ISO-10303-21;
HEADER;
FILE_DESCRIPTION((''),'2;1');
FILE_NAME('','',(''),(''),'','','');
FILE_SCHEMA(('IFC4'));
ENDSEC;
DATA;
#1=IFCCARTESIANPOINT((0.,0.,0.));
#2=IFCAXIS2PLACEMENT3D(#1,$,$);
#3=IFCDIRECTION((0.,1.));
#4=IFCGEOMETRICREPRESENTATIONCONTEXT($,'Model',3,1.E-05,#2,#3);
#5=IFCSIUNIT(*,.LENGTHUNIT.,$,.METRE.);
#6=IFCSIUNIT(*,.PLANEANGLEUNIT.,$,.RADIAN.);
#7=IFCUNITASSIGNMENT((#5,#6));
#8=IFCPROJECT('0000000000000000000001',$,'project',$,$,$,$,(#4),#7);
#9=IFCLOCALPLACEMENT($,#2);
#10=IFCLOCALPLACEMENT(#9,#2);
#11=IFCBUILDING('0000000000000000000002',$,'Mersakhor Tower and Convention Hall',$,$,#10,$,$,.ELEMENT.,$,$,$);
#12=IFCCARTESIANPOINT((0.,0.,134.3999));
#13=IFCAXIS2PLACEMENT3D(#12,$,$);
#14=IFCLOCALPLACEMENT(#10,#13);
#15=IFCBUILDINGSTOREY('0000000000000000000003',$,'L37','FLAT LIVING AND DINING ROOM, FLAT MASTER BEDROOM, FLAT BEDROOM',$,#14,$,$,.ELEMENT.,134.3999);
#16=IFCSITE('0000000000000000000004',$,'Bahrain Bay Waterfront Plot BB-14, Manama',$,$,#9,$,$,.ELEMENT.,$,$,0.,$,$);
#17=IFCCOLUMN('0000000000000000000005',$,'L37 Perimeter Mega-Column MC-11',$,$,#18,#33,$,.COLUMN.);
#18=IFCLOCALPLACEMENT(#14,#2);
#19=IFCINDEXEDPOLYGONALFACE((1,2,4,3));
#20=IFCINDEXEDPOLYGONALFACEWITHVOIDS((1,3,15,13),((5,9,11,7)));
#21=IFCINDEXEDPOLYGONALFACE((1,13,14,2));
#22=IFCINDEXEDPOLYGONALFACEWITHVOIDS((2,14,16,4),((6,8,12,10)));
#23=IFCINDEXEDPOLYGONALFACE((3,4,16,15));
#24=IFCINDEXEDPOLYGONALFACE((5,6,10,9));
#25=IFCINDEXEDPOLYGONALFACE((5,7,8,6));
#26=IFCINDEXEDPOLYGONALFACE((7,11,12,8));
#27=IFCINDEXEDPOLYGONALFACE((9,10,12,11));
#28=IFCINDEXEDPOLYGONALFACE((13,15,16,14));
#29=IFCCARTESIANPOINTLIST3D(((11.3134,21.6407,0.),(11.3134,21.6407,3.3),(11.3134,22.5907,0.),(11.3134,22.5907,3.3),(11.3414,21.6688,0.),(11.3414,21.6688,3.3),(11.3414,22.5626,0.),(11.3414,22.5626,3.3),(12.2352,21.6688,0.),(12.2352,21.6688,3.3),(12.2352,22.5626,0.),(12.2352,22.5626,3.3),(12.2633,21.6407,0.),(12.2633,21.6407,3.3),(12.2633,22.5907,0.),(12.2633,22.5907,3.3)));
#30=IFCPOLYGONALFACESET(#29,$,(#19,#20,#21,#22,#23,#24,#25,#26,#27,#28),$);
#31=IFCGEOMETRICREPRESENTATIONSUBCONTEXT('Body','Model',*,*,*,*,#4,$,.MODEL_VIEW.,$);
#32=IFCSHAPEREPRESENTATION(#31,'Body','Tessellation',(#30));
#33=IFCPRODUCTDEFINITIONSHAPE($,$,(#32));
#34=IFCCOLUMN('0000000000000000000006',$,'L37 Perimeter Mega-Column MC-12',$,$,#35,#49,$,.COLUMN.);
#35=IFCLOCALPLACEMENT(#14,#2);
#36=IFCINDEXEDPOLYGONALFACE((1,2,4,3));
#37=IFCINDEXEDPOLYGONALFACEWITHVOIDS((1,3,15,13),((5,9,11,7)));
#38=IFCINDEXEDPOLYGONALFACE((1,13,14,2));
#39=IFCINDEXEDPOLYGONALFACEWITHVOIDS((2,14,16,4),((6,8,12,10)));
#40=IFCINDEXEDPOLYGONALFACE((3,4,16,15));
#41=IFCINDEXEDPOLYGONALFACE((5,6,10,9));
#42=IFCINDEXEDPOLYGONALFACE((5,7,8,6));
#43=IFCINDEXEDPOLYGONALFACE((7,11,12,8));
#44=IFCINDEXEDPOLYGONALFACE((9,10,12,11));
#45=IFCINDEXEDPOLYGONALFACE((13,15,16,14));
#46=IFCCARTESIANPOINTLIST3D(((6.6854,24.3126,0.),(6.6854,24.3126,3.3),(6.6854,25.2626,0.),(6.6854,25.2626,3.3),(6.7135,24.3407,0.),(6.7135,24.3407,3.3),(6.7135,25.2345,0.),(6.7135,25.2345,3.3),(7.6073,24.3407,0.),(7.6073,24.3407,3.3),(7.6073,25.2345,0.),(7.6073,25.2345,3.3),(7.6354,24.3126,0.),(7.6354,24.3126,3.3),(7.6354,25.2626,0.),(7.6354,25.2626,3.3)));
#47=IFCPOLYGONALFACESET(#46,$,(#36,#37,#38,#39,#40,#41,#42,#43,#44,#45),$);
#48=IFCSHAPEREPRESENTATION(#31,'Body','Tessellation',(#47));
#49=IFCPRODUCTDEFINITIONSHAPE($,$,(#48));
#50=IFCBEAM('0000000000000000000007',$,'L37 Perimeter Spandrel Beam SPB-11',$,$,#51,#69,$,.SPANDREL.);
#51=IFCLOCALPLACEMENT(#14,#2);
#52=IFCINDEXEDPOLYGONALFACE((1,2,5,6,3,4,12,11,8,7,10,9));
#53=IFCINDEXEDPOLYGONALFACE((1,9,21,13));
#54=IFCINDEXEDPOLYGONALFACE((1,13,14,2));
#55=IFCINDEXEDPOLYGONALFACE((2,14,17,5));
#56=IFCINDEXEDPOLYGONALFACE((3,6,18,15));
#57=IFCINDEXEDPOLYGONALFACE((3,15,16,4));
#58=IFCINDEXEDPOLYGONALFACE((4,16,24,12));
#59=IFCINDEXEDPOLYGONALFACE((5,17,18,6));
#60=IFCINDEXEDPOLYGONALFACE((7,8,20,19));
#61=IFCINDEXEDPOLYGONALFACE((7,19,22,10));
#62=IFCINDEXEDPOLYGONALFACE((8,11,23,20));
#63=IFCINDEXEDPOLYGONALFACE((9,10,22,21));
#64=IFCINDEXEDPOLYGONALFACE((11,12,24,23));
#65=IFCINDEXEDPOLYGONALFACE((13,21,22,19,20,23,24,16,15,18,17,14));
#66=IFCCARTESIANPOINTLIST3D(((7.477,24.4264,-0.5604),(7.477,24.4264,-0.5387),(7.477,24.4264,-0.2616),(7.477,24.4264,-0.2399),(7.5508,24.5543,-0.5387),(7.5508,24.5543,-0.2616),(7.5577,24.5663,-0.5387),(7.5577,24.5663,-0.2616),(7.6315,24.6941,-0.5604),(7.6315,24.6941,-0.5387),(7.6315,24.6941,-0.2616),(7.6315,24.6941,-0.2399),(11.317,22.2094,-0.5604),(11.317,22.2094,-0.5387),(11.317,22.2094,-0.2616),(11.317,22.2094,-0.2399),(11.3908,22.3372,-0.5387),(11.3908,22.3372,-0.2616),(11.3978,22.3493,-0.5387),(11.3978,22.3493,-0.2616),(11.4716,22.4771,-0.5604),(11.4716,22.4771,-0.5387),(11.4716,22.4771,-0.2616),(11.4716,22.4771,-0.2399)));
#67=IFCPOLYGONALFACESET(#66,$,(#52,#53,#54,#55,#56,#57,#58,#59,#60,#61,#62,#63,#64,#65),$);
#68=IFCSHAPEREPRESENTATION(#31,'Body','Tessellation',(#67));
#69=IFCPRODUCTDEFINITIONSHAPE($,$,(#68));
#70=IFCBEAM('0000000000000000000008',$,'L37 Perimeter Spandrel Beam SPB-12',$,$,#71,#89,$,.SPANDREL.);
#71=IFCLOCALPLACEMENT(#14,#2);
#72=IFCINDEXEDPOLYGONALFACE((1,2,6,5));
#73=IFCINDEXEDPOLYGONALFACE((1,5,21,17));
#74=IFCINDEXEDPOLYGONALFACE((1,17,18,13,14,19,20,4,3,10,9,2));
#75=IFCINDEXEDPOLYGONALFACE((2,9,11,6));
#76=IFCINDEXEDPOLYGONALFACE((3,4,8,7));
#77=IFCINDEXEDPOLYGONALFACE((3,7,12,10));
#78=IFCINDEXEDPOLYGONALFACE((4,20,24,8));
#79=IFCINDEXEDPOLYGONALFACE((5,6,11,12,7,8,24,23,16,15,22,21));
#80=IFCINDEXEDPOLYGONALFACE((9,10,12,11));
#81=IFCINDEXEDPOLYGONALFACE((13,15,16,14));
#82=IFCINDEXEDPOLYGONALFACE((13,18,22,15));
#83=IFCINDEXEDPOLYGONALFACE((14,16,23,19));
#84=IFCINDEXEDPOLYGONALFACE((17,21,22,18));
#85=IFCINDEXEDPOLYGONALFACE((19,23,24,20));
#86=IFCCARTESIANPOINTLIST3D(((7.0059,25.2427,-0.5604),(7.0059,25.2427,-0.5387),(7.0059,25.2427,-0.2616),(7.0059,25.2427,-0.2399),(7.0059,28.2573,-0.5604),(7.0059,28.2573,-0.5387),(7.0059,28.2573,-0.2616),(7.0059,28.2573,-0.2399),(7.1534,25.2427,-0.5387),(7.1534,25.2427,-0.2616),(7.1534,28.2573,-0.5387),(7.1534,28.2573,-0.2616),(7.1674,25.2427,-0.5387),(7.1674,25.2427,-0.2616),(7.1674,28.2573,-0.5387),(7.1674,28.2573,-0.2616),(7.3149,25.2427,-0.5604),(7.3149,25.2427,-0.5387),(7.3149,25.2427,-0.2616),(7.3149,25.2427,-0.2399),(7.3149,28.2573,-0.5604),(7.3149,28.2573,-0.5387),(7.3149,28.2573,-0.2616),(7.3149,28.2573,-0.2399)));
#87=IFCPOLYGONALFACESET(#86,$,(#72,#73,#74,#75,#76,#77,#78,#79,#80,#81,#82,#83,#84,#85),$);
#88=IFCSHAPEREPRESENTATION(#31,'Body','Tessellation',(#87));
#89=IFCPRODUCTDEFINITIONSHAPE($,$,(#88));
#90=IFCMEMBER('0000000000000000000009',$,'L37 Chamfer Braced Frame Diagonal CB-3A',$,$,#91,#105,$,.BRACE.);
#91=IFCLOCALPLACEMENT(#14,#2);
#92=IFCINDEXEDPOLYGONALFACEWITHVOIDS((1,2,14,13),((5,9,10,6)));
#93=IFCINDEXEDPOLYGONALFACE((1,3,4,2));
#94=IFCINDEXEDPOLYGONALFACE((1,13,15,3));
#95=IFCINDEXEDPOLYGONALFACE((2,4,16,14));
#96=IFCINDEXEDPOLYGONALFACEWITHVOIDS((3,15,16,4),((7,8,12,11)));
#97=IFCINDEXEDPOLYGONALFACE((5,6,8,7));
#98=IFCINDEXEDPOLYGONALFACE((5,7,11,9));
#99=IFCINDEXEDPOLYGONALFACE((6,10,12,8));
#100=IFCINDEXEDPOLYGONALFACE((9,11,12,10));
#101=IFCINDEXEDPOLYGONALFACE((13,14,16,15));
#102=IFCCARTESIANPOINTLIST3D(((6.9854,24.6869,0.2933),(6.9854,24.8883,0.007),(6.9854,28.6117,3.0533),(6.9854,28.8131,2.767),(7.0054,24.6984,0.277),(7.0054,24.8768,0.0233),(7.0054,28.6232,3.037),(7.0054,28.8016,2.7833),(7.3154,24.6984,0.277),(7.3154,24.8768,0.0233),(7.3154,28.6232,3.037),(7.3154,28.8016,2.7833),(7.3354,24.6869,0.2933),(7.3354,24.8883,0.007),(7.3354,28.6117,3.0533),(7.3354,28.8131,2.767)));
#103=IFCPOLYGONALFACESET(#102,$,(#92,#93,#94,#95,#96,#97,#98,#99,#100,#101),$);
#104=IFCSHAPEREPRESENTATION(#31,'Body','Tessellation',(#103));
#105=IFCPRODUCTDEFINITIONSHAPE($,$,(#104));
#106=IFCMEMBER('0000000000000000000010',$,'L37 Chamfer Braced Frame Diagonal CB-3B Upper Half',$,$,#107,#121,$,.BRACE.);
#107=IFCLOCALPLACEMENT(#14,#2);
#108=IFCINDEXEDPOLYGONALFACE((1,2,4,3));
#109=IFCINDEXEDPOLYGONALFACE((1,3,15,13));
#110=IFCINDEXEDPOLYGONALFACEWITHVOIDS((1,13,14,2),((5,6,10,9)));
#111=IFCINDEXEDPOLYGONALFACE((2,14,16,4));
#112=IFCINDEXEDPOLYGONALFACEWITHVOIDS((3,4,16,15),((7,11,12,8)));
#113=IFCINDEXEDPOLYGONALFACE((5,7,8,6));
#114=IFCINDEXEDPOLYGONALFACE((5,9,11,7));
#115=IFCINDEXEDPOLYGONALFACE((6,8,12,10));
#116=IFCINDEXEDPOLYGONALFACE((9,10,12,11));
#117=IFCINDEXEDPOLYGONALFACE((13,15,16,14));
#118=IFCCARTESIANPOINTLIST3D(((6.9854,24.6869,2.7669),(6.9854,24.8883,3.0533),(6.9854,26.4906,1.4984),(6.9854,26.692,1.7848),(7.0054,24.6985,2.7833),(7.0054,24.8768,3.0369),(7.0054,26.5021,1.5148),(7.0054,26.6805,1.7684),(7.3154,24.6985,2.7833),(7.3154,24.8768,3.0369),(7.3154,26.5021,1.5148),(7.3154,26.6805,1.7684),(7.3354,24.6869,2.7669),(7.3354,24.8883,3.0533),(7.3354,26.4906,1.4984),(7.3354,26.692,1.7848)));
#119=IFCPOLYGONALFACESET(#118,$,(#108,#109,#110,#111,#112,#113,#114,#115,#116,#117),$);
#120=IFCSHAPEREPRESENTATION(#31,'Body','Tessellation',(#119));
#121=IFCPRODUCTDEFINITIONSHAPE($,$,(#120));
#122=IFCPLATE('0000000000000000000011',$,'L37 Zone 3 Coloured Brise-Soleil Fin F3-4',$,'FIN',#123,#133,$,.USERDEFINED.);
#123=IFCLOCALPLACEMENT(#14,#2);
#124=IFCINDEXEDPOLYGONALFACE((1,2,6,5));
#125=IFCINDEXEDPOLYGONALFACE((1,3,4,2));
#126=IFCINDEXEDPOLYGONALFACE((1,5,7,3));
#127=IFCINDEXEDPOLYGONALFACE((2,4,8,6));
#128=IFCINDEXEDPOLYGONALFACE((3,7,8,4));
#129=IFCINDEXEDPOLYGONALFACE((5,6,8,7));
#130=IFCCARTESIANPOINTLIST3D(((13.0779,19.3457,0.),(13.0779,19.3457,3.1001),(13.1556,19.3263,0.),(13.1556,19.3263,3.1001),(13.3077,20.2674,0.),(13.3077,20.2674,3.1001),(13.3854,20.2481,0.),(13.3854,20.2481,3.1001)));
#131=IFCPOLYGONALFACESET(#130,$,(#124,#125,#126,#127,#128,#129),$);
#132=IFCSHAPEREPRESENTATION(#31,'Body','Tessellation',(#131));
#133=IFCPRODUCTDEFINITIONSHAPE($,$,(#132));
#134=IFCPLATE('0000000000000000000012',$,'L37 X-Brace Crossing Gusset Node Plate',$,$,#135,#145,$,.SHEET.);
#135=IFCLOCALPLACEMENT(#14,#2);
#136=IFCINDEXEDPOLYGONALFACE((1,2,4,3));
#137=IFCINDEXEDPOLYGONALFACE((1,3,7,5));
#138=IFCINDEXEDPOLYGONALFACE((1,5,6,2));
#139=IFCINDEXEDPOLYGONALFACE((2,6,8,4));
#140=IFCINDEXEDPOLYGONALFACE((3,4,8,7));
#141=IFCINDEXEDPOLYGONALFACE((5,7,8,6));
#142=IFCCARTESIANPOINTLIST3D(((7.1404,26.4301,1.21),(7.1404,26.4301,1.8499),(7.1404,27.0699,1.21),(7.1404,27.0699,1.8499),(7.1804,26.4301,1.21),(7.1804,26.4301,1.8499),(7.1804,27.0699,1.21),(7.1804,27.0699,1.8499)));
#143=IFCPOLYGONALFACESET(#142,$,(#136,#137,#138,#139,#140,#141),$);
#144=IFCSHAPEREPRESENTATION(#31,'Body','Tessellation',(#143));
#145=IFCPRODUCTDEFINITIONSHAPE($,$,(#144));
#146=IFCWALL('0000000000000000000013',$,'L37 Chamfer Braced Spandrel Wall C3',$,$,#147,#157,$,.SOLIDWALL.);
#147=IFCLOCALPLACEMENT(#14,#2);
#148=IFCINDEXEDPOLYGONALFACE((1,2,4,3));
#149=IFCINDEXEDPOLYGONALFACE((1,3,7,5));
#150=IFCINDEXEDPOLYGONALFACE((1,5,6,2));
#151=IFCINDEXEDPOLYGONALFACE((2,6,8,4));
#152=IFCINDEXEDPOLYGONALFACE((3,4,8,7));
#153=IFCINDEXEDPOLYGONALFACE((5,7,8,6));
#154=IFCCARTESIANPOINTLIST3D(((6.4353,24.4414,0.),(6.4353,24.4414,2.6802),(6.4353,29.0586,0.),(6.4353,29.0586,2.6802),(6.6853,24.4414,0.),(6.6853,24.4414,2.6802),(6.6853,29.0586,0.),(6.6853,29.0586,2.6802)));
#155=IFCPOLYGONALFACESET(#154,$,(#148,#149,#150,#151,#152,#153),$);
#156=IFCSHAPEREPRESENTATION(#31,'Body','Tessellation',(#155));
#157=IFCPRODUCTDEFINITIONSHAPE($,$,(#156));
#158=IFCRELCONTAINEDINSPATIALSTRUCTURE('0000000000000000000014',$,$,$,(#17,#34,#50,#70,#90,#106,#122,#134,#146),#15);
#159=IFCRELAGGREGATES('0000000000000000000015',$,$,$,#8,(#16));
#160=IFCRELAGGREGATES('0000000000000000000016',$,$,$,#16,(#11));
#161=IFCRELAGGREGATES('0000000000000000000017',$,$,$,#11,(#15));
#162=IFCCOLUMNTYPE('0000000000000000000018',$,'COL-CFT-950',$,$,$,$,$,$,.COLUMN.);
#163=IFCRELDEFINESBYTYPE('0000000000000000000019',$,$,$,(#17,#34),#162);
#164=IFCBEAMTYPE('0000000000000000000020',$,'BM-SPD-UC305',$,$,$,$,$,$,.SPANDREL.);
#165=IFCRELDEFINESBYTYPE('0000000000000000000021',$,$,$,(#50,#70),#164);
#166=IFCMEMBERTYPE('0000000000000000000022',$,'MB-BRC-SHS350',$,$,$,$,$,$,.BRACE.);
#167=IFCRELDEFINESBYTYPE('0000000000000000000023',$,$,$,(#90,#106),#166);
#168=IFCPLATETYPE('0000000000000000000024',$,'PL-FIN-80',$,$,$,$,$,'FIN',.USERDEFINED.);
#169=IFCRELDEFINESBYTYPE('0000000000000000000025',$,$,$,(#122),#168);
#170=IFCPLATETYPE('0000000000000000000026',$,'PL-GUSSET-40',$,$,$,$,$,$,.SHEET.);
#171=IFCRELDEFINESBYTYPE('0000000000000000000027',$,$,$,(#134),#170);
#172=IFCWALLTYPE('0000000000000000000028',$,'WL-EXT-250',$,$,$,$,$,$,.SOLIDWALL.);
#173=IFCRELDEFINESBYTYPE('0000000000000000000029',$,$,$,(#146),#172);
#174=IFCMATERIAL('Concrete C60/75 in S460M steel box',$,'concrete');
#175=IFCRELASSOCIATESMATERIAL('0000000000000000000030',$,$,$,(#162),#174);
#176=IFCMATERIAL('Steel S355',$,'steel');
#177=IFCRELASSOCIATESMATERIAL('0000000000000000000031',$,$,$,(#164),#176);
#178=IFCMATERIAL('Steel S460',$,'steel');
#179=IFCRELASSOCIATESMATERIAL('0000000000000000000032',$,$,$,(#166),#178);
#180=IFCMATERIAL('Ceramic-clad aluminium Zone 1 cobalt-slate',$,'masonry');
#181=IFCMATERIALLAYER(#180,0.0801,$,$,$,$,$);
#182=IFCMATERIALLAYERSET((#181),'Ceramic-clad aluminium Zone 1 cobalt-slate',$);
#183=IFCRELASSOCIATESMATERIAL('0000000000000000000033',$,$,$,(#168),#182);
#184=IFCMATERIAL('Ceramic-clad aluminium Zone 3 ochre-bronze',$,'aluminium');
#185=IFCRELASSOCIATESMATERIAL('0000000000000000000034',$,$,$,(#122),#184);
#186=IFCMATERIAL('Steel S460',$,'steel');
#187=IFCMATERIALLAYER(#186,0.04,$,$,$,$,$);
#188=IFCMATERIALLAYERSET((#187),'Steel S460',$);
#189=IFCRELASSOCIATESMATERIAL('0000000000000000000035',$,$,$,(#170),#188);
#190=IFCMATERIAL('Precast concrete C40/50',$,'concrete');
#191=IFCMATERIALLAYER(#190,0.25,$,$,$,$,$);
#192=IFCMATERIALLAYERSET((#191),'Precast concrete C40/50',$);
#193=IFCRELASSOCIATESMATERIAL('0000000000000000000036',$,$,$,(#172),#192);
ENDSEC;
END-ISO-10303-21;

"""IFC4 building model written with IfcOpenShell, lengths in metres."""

from ifc_helpers import new_model, si_unit, direction, frame, frame_2d, origin, origin_2d, place, context, subcontext, project, spatial, rectangle, hollow_rectangle, i_section, extrude, material, layer, layer_set, material_profile, profile_set, type_object, element, save


model = new_model("IFC4")

# Units and contexts
model_context = context("Model", 3, precision=1e-05, world=origin(), true_north=direction((0.0, 1.0)))
body_context = subcontext(model_context, "Body", "Model", "MODEL_VIEW")
ifc_project = project(units=[si_unit("LENGTHUNIT", "METRE"), si_unit("PLANEANGLEUNIT", "RADIAN")], contexts=[model_context])

# Site, building, storey
site_placement = place(None, origin())
site = spatial("IfcSite", under=ifc_project, at=site_placement, Name="Bahrain Bay Waterfront Plot BB-14, Manama", CompositionType="ELEMENT", RefElevation=0.0)
building_placement = place(site_placement, origin())
building = spatial("IfcBuilding", under=site, at=building_placement, Name="Mersakhor Tower and Convention Hall", CompositionType="ELEMENT")
storey_placement = place(building_placement, frame((0.0, 0.0, 134.3999)))
storey = spatial("IfcBuildingStorey", under=building, at=storey_placement, Name="L37", Description="FLAT LIVING AND DINING ROOM, FLAT MASTER BEDROOM, FLAT BEDROOM", CompositionType="ELEMENT", Elevation=134.3999)

# Columns
ifc_material_1 = material(Name="Concrete C60/75 in S460M steel box", Category="concrete")
ifc_material_profile_1 = material_profile(ifc_material_1, hollow_rectangle(XDim=0.95, YDim=0.95, WallThickness=0.0281, at=origin_2d()), Name="SHS 950x950x28")
ifc_profile_set_1 = profile_set([ifc_material_profile_1], Name="Concrete C60/75 in S460M steel box")
column_type = type_object("IfcColumnType", Name="COL-CFT-950", PredefinedType="COLUMN", material=ifc_profile_set_1)
for number, where, z_axis, x_axis, name in (
    (1, (11.7883, 22.1157, 0.0), (0.0, 0.0, 1.0), (1.0, 0.0, 0.0), "L37 Perimeter Mega-Column MC-11"),
    (2, (7.1604, 24.7876, 0.0), (0.0, 0.0, 1.0), (1.0, 0.0, 0.0), "L37 Perimeter Mega-Column MC-12"),
):
    element("IfcColumn", number, at=place(storey_placement, frame(where, z_axis=z_axis, x_axis=x_axis)), inside=storey, type_object=column_type, Name=name, PredefinedType="COLUMN", context=body_context, shape_type="SweptSolid", body=[
        extrude(hollow_rectangle(XDim=0.95, YDim=0.95, WallThickness=0.0281, at=origin_2d()), origin(), (0.0, 0.0, 1.0), 3.3),
    ])

# Beams
ifc_material_2 = material(Name="Steel S355", Category="steel")
ifc_material_profile_2 = material_profile(ifc_material_2, i_section(OverallWidth=0.3091, OverallDepth=0.3206, WebThickness=0.0139, FlangeThickness=0.0217, at=origin_2d()), Name="UC 305x305x137")
ifc_profile_set_2 = profile_set([ifc_material_profile_2], Name="Steel S355")
beam_type = type_object("IfcBeamType", Name="BM-SPD-UC305", PredefinedType="SPANDREL", material=ifc_profile_set_2)
beam_1_placement = place(storey_placement, frame((11.3943, 22.3433, -0.4001), z_axis=(-0.866029, 0.499994, 0.0), x_axis=(-0.499994, -0.866029, 0.0)))
element("IfcBeam", 3, at=beam_1_placement, inside=storey, type_object=beam_type, Name="L37 Perimeter Spandrel Beam SPB-11", PredefinedType="SPANDREL", context=body_context, shape_type="SweptSolid", body=[
    extrude(i_section(OverallWidth=0.3091, OverallDepth=0.3206, WebThickness=0.0139, FlangeThickness=0.0217, at=origin_2d()), origin(), (0.0, 0.0, 1.0), 4.4341),
])
beam_2_placement = place(storey_placement, frame((7.1604, 25.2427, -0.4001), z_axis=(0.0, 1.0, 0.0), x_axis=(-1.0, 0.0, 0.0)))
element("IfcBeam", 4, at=beam_2_placement, inside=storey, type_object=beam_type, Name="L37 Perimeter Spandrel Beam SPB-12", PredefinedType="SPANDREL", context=body_context, shape_type="SweptSolid", body=[
    extrude(i_section(OverallWidth=0.3091, OverallDepth=0.3206, WebThickness=0.0139, FlangeThickness=0.0217, at=origin_2d()), origin(), (0.0, 0.0, 1.0), 3.0146),
])

# Members
ifc_material_3 = material(Name="Steel S460", Category="steel")
ifc_material_profile_3 = material_profile(ifc_material_3, hollow_rectangle(XDim=0.3501, YDim=0.3501, WallThickness=0.02, at=origin_2d()), Name="SHS 350x350x20")
ifc_profile_set_3 = profile_set([ifc_material_profile_3], Name="Steel S460")
member_type = type_object("IfcMemberType", Name="MB-BRC-SHS350", PredefinedType="BRACE", material=ifc_profile_set_3)
member_1_placement = place(storey_placement, frame((7.1604, 24.7876, 0.1501), z_axis=(0.0, 0.817992, 0.57523), x_axis=(-1.0, 0.0, 0.0)))
element("IfcMember", 5, at=member_1_placement, inside=storey, type_object=member_type, Name="L37 Chamfer Braced Frame Diagonal CB-3A", PredefinedType="BRACE", context=body_context, shape_type="SweptSolid", body=[
    extrude(hollow_rectangle(XDim=0.3501, YDim=0.3501, WallThickness=0.02, at=origin_2d()), origin(), (0.0, 0.0, 1.0), 4.7981),
])
member_2_placement = place(storey_placement, frame((7.1604, 26.5913, 1.6416), z_axis=(0.0, -0.817961, 0.575274), x_axis=(1.0, 0.0, 0.0)))
element("IfcMember", 6, at=member_2_placement, inside=storey, type_object=member_type, Name="L37 Chamfer Braced Frame Diagonal CB-3B Upper Half", PredefinedType="BRACE", context=body_context, shape_type="SweptSolid", body=[
    extrude(hollow_rectangle(XDim=0.3501, YDim=0.3501, WallThickness=0.02, at=origin_2d()), origin(), (0.0, 0.0, 1.0), 2.2051),
])

# Plates
ifc_material_4 = material(Name="Ceramic-clad aluminium Zone 3 ochre-bronze", Category="aluminium")
ifc_material_5 = material(Name="Ceramic-clad aluminium Zone 1 cobalt-slate", Category="masonry")
ifc_layer_1 = layer(ifc_material_5, 0.0801)
ifc_layer_set_1 = layer_set([ifc_layer_1], Name="Ceramic-clad aluminium Zone 1 cobalt-slate")
plate_type_1 = type_object("IfcPlateType", Name="PL-FIN-80", ElementType="FIN", PredefinedType="USERDEFINED", material=ifc_layer_set_1)
plate_1_placement = place(storey_placement, frame((13.2317, 19.7969, 0.0), z_axis=(0.0, 0.0, 1.0), x_axis=(-0.241922, -0.970296, 0.0)))
element("IfcPlate", 7, at=plate_1_placement, inside=storey, type_object=plate_type_1, material=ifc_material_4, Name="L37 Zone 3 Coloured Brise-Soleil Fin F3-4", ObjectType="FIN", PredefinedType="USERDEFINED", context=body_context, shape_type="SweptSolid", body=[
    extrude(rectangle(XDim=0.95, YDim=0.0801, at=origin_2d()), origin(), (0.0, 0.0, 1.0), 3.1001),
])
ifc_material_6 = material(Name="Steel S460", Category="steel")
ifc_layer_2 = layer(ifc_material_6, 0.04)
ifc_layer_set_2 = layer_set([ifc_layer_2], Name="Steel S460")
plate_type_2 = type_object("IfcPlateType", Name="PL-GUSSET-40", PredefinedType="SHEET", material=ifc_layer_set_2)
plate_2_placement = place(storey_placement, frame((7.1604, 26.75, 1.21), z_axis=(0.0, 0.0, 1.0), x_axis=(0.0, -1.0, 0.0)))
element("IfcPlate", 8, at=plate_2_placement, inside=storey, type_object=plate_type_2, Name="L37 X-Brace Crossing Gusset Node Plate", PredefinedType="SHEET", context=body_context, shape_type="SweptSolid", body=[
    extrude(rectangle(XDim=0.6399, YDim=0.04, at=origin_2d()), origin(), (0.0, 0.0, 1.0), 0.6399),
])

# Wall
ifc_material_7 = material(Name="Precast concrete C40/50", Category="concrete")
ifc_layer_3 = layer(ifc_material_7, 0.25)
ifc_layer_set_3 = layer_set([ifc_layer_3], Name="Precast concrete C40/50")
wall_type_1 = type_object("IfcWallType", Name="WL-EXT-250", PredefinedType="SOLIDWALL", material=ifc_layer_set_3)
wall_1_placement = place(storey_placement, frame((6.5603, 24.4414, 0.0), z_axis=(0.0, 0.0, 1.0), x_axis=(0.0, 1.0, 0.0)))
element("IfcWall", 9, at=wall_1_placement, inside=storey, type_object=wall_type_1, Name="L37 Chamfer Braced Spandrel Wall C3", PredefinedType="SOLIDWALL", context=body_context, shape_type="SweptSolid", body=[
    extrude(rectangle(XDim=4.6172, YDim=0.25, at=frame_2d((2.3086, 0.0))), origin(), (0.0, 0.0, 1.0), 2.6802),
])

save(model, "model.ifc")
